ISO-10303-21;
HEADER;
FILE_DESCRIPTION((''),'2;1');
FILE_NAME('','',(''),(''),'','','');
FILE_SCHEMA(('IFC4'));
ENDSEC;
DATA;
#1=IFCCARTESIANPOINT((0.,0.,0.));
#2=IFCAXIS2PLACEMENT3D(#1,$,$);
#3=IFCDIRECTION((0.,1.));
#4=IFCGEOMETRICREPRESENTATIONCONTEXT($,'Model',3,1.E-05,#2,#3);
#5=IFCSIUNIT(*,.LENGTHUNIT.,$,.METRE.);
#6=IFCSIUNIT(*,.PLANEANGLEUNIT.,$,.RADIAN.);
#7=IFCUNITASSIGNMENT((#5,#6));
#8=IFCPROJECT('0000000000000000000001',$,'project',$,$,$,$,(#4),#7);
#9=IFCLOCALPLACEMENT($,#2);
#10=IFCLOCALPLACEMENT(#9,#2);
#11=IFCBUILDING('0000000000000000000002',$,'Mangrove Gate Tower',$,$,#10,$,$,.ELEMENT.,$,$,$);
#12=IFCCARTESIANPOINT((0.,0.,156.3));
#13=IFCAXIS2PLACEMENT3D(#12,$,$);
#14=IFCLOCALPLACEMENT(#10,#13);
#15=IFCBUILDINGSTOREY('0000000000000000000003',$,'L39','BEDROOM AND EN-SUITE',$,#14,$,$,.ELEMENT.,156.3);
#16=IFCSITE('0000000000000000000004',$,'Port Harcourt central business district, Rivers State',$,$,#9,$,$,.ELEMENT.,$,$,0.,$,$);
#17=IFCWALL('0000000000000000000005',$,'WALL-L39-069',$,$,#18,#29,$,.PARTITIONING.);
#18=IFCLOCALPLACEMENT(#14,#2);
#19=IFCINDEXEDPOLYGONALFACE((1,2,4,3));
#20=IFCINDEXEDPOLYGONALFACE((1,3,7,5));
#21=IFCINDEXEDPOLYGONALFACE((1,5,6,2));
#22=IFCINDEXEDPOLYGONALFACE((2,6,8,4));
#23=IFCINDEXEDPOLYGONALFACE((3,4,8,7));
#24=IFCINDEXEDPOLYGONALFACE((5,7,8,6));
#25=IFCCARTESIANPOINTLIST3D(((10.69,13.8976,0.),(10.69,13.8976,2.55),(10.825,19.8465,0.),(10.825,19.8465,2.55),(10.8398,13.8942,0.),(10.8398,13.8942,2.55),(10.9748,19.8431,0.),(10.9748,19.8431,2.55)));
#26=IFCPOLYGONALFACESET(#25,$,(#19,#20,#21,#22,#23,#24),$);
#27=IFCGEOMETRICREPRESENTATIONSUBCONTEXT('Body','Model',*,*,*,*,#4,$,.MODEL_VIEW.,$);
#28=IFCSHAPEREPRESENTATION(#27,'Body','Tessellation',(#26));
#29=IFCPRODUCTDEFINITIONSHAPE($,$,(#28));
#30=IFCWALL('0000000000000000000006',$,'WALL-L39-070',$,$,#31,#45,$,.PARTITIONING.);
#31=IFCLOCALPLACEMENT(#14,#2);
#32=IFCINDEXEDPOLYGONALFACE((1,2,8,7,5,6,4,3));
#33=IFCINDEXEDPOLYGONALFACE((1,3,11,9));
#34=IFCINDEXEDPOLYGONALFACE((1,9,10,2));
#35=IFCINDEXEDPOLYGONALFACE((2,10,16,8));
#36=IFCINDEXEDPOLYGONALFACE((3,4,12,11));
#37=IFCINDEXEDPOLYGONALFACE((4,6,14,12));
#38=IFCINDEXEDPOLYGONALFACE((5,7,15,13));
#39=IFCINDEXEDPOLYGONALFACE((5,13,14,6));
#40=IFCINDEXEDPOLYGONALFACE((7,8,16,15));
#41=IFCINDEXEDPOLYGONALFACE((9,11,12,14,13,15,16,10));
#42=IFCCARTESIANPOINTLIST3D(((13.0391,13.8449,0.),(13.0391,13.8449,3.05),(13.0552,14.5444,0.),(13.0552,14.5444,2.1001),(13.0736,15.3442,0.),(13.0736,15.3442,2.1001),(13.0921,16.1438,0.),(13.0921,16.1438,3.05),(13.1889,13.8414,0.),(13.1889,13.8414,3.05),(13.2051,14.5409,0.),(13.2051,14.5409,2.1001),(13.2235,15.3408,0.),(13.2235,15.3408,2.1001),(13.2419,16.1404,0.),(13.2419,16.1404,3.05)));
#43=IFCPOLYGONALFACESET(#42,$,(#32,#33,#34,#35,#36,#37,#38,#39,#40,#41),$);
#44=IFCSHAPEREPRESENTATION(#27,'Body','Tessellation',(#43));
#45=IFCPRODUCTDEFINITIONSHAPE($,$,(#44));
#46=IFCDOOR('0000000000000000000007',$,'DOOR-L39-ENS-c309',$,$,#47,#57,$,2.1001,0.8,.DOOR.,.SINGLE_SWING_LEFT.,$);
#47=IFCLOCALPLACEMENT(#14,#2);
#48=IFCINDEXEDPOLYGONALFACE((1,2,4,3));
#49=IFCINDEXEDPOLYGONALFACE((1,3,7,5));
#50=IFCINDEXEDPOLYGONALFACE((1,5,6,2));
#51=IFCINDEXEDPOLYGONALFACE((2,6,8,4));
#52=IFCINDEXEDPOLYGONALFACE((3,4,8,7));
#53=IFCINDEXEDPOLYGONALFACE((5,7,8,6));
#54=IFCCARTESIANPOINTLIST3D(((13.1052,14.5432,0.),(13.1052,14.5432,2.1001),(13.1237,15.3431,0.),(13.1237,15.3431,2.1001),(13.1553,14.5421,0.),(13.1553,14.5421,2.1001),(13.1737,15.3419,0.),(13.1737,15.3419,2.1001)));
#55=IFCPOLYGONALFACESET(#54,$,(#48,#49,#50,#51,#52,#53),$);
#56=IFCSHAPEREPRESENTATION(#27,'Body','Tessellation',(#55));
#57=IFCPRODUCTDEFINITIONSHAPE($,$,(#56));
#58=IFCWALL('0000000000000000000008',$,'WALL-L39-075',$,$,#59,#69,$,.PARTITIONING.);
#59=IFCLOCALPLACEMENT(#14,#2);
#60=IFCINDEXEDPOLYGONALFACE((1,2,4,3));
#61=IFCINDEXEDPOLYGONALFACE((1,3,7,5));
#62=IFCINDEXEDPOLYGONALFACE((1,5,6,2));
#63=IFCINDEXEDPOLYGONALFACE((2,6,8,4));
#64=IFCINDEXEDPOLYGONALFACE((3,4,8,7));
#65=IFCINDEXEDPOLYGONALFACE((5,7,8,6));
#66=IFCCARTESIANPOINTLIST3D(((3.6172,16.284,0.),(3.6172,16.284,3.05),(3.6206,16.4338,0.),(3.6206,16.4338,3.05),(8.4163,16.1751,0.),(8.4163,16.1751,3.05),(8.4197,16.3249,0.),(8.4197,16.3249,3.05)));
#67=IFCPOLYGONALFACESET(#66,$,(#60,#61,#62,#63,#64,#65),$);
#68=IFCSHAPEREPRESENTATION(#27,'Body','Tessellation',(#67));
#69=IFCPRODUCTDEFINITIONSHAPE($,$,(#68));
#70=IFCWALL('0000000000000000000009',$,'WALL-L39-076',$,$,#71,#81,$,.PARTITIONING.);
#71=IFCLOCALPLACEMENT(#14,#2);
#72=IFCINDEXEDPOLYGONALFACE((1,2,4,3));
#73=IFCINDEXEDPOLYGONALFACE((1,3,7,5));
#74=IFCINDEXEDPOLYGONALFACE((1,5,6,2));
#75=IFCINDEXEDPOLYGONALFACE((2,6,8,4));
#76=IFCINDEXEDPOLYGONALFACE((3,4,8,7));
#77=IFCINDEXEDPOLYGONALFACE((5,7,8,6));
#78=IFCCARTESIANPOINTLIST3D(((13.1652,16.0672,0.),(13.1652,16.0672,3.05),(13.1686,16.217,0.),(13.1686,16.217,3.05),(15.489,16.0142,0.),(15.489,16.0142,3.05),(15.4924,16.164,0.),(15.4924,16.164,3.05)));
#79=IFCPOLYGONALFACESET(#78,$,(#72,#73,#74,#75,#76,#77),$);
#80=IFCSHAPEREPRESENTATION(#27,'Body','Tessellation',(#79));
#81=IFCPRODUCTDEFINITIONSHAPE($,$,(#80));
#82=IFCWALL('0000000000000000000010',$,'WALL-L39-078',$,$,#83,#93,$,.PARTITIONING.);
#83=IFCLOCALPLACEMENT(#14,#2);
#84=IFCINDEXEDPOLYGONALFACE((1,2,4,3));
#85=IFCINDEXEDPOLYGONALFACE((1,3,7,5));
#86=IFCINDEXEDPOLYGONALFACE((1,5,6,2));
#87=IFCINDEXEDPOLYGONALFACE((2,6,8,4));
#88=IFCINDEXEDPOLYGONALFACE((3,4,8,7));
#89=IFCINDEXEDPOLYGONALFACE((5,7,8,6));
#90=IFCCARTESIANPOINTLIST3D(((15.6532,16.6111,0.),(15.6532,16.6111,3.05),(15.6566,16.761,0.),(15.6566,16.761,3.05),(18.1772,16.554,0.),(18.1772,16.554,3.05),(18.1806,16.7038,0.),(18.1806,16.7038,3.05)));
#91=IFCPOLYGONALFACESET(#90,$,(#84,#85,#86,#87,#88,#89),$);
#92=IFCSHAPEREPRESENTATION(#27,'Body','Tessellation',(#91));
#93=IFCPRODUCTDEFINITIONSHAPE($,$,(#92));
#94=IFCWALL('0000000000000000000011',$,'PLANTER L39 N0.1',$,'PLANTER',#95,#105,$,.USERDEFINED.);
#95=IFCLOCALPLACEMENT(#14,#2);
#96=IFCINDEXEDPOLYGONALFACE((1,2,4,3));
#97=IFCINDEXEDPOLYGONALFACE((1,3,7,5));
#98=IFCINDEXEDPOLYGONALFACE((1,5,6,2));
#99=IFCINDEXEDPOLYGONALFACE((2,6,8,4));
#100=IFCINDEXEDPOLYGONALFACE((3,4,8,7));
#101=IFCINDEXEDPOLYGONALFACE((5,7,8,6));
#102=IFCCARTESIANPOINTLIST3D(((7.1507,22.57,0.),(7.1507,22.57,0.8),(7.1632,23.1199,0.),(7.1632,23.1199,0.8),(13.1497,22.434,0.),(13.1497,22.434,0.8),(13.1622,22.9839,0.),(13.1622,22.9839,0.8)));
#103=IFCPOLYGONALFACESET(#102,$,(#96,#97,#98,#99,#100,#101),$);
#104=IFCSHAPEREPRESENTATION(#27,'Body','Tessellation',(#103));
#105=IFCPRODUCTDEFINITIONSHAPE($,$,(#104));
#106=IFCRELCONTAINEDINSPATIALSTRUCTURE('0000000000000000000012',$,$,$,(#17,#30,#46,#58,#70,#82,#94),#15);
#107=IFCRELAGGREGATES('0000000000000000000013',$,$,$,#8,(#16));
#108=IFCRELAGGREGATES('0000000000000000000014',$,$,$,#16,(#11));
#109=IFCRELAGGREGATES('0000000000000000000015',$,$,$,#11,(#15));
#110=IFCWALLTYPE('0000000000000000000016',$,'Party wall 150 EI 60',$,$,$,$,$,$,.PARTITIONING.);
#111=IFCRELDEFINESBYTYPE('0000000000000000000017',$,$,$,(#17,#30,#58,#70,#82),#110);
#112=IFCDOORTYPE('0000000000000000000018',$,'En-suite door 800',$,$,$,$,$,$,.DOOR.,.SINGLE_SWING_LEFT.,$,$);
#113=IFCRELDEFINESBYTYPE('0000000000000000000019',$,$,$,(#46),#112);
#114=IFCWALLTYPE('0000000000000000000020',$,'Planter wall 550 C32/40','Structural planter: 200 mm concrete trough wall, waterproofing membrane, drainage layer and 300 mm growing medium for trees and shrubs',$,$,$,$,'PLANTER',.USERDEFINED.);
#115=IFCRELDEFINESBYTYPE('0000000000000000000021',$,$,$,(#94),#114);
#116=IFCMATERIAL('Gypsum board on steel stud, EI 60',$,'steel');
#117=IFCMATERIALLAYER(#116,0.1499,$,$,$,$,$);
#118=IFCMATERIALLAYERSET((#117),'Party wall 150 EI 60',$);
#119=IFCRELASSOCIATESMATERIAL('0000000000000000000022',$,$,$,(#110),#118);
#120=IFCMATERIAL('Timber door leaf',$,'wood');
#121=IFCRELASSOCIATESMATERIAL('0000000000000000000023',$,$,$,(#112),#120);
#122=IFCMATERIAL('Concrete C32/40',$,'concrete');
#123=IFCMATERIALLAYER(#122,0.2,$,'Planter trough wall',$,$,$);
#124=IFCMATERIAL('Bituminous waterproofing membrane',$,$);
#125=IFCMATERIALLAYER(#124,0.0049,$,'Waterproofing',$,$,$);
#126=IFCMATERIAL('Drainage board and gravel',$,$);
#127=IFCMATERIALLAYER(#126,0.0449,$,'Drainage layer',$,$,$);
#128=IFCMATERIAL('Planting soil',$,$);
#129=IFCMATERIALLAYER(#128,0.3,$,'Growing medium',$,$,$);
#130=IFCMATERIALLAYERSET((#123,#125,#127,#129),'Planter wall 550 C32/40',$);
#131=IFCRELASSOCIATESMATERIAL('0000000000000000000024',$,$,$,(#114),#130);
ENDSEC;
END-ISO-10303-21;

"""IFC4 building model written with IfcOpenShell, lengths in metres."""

from ifc_helpers import new_model, si_unit, direction, frame, frame_2d, origin, place, context, subcontext, project, spatial, rectangle, extrude, material, layer, layer_set, type_object, element, fill, save


model = new_model("IFC4")

# Units and contexts
model_context = context("Model", 3, precision=1e-05, world=origin(), true_north=direction((0.0, 1.0)))
body_context = subcontext(model_context, "Body", "Model", "MODEL_VIEW")
ifc_project = project(units=[si_unit("LENGTHUNIT", "METRE"), si_unit("PLANEANGLEUNIT", "RADIAN")], contexts=[model_context])

# Site, building, storey
site_placement = place(None, origin())
site = spatial("IfcSite", under=ifc_project, at=site_placement, Name="Port Harcourt central business district, Rivers State", CompositionType="ELEMENT", RefElevation=0.0)
building_placement = place(site_placement, origin())
building = spatial("IfcBuilding", under=site, at=building_placement, Name="Mangrove Gate Tower", CompositionType="ELEMENT")
storey_placement = place(building_placement, frame((0.0, 0.0, 156.3)))
storey = spatial("IfcBuildingStorey", under=building, at=storey_placement, Name="L39", Description="BEDROOM AND EN-SUITE", CompositionType="ELEMENT", Elevation=156.3)

# Shared definitions
ifc_material_1 = material(Name="Gypsum board on steel stud, EI 60", Category="steel")
ifc_layer_1 = layer(ifc_material_1, 0.1499)
ifc_layer_set_1 = layer_set([ifc_layer_1], Name="Party wall 150 EI 60")
wall_type_1 = type_object("IfcWallType", Name="Party wall 150 EI 60", PredefinedType="PARTITIONING", material=ifc_layer_set_1)

# Shared definitions
ifc_material_2 = material(Name="Timber door leaf", Category="wood")
door_type = type_object("IfcDoorType", Name="En-suite door 800", OperationType="SINGLE_SWING_LEFT", PredefinedType="DOOR", material=ifc_material_2)

# Wall
wall_1_placement = place(storey_placement, frame((10.7649, 13.896, 0.0), z_axis=(0.0, 0.0, 1.0), x_axis=(0.022689, 0.999743, 0.0)))
element("IfcWall", 1, at=wall_1_placement, inside=storey, type_object=wall_type_1, Name="WALL-L39-069", PredefinedType="PARTITIONING", context=body_context, shape_type="SweptSolid", body=[
    extrude(rectangle(XDim=5.9504, YDim=0.1499, at=frame_2d((2.9751, 0.0))), origin(), (0.0, 0.0, 1.0), 2.55),
])

# Wall, opening, door
wall_2_placement = place(storey_placement, frame((13.114, 13.843, 0.0), z_axis=(0.0, 0.0, 1.0), x_axis=(0.023037, 0.999735, 0.0)))
wall_2 = element("IfcWall", 2, at=wall_2_placement, inside=storey, type_object=wall_type_1, Name="WALL-L39-070", PredefinedType="PARTITIONING", context=body_context, shape_type="SweptSolid", body=[
    extrude(rectangle(XDim=2.2996, YDim=0.1499, at=frame_2d((1.1499, 0.0))), origin(), (0.0, 0.0, 1.0), 3.05),
])
opening_1_placement = place(wall_2_placement, frame((0.7, 0.0, 0.0)))
opening_1 = element("IfcOpeningElement", 3, at=opening_1_placement, cuts=wall_2, PredefinedType="OPENING", context=body_context, shape_type="SweptSolid", body=[
    extrude(rectangle(XDim=0.8, YDim=2.1001, at=frame_2d((0.3999, 1.05))), frame((0.0, 0.085, 0.0), z_axis=(0.0, -1.0, 0.0), x_axis=(1.0, 0.0, 0.0)), (0.0, 0.0, 1.0), 0.1699),
])
door_1_placement = place(opening_1_placement, origin())
door_1 = element("IfcDoor", 4, at=door_1_placement, inside=storey, type_object=door_type, Name="DOOR-L39-ENS-c309", OperationType="SINGLE_SWING_LEFT", OverallHeight=2.1001, OverallWidth=0.8, PredefinedType="DOOR", context=body_context, shape_type="SweptSolid", body=[
    extrude(rectangle(XDim=0.8, YDim=2.1001, at=frame_2d((0.3999, 1.05))), frame((0.0, 0.0249, 0.0), z_axis=(0.0, -1.0, 0.0), x_axis=(1.0, 0.0, 0.0)), (0.0, 0.0, 1.0), 0.05),
])
fill(opening_1, door_1)

# Walls
wall_3_placement = place(storey_placement, frame((3.6189, 16.3589, 0.0), z_axis=(0.0, 0.0, 1.0), x_axis=(0.999743, -0.022683, 0.0)))
element("IfcWall", 5, at=wall_3_placement, inside=storey, type_object=wall_type_1, Name="WALL-L39-075", PredefinedType="PARTITIONING", context=body_context, shape_type="SweptSolid", body=[
    extrude(rectangle(XDim=4.8003, YDim=0.1499, at=frame_2d((2.4001, 0.0))), origin(), (0.0, 0.0, 1.0), 3.05),
])
wall_4_placement = place(storey_placement, frame((13.167, 16.1421, 0.0), z_axis=(0.0, 0.0, 1.0), x_axis=(0.99974, -0.022791, 0.0)))
element("IfcWall", 6, at=wall_4_placement, inside=storey, type_object=wall_type_1, Name="WALL-L39-076", PredefinedType="PARTITIONING", context=body_context, shape_type="SweptSolid", body=[
    extrude(rectangle(XDim=2.3245, YDim=0.1499, at=frame_2d((1.1621, 0.0))), origin(), (0.0, 0.0, 1.0), 3.05),
])
wall_5_placement = place(storey_placement, frame((15.655, 16.686, 0.0), z_axis=(0.0, 0.0, 1.0), x_axis=(0.999744, -0.022629, 0.0)))
element("IfcWall", 7, at=wall_5_placement, inside=storey, type_object=wall_type_1, Name="WALL-L39-078", PredefinedType="PARTITIONING", context=body_context, shape_type="SweptSolid", body=[
    extrude(rectangle(XDim=2.5247, YDim=0.1499, at=frame_2d((1.2622, 0.0))), origin(), (0.0, 0.0, 1.0), 3.05),
])
ifc_material_3 = material(Name="Concrete C32/40", Category="concrete")
ifc_layer_2 = layer(ifc_material_3, 0.2, Name="Planter trough wall")
ifc_material_4 = material(Name="Bituminous waterproofing membrane")
ifc_layer_3 = layer(ifc_material_4, 0.0049, Name="Waterproofing")
ifc_material_5 = material(Name="Drainage board and gravel")
ifc_layer_4 = layer(ifc_material_5, 0.0449, Name="Drainage layer")
ifc_material_6 = material(Name="Planting soil")
ifc_layer_5 = layer(ifc_material_6, 0.3, Name="Growing medium")
ifc_layer_set_2 = layer_set([ifc_layer_2, ifc_layer_3, ifc_layer_4, ifc_layer_5], Name="Planter wall 550 C32/40")
wall_type_2 = type_object("IfcWallType", Name="Planter wall 550 C32/40", Description="Structural planter: 200 mm concrete trough wall, waterproofing membrane, drainage layer and 300 mm growing medium for trees and shrubs", ElementType="PLANTER", PredefinedType="USERDEFINED", material=ifc_layer_set_2)
wall_6_placement = place(storey_placement, frame((7.157, 22.845, 0.0), z_axis=(0.0, 0.0, 1.0), x_axis=(0.999743, -0.022662, 0.0)))
element("IfcWall", 8, at=wall_6_placement, inside=storey, type_object=wall_type_2, Name="PLANTER L39 N0.1", ObjectType="PLANTER", PredefinedType="USERDEFINED", context=body_context, shape_type="SweptSolid", body=[
    extrude(rectangle(XDim=6.0005, YDim=0.55, at=frame_2d((3.0002, 0.0))), origin(), (0.0, 0.0, 1.0), 0.8),
])

save(model, "model.ifc")
